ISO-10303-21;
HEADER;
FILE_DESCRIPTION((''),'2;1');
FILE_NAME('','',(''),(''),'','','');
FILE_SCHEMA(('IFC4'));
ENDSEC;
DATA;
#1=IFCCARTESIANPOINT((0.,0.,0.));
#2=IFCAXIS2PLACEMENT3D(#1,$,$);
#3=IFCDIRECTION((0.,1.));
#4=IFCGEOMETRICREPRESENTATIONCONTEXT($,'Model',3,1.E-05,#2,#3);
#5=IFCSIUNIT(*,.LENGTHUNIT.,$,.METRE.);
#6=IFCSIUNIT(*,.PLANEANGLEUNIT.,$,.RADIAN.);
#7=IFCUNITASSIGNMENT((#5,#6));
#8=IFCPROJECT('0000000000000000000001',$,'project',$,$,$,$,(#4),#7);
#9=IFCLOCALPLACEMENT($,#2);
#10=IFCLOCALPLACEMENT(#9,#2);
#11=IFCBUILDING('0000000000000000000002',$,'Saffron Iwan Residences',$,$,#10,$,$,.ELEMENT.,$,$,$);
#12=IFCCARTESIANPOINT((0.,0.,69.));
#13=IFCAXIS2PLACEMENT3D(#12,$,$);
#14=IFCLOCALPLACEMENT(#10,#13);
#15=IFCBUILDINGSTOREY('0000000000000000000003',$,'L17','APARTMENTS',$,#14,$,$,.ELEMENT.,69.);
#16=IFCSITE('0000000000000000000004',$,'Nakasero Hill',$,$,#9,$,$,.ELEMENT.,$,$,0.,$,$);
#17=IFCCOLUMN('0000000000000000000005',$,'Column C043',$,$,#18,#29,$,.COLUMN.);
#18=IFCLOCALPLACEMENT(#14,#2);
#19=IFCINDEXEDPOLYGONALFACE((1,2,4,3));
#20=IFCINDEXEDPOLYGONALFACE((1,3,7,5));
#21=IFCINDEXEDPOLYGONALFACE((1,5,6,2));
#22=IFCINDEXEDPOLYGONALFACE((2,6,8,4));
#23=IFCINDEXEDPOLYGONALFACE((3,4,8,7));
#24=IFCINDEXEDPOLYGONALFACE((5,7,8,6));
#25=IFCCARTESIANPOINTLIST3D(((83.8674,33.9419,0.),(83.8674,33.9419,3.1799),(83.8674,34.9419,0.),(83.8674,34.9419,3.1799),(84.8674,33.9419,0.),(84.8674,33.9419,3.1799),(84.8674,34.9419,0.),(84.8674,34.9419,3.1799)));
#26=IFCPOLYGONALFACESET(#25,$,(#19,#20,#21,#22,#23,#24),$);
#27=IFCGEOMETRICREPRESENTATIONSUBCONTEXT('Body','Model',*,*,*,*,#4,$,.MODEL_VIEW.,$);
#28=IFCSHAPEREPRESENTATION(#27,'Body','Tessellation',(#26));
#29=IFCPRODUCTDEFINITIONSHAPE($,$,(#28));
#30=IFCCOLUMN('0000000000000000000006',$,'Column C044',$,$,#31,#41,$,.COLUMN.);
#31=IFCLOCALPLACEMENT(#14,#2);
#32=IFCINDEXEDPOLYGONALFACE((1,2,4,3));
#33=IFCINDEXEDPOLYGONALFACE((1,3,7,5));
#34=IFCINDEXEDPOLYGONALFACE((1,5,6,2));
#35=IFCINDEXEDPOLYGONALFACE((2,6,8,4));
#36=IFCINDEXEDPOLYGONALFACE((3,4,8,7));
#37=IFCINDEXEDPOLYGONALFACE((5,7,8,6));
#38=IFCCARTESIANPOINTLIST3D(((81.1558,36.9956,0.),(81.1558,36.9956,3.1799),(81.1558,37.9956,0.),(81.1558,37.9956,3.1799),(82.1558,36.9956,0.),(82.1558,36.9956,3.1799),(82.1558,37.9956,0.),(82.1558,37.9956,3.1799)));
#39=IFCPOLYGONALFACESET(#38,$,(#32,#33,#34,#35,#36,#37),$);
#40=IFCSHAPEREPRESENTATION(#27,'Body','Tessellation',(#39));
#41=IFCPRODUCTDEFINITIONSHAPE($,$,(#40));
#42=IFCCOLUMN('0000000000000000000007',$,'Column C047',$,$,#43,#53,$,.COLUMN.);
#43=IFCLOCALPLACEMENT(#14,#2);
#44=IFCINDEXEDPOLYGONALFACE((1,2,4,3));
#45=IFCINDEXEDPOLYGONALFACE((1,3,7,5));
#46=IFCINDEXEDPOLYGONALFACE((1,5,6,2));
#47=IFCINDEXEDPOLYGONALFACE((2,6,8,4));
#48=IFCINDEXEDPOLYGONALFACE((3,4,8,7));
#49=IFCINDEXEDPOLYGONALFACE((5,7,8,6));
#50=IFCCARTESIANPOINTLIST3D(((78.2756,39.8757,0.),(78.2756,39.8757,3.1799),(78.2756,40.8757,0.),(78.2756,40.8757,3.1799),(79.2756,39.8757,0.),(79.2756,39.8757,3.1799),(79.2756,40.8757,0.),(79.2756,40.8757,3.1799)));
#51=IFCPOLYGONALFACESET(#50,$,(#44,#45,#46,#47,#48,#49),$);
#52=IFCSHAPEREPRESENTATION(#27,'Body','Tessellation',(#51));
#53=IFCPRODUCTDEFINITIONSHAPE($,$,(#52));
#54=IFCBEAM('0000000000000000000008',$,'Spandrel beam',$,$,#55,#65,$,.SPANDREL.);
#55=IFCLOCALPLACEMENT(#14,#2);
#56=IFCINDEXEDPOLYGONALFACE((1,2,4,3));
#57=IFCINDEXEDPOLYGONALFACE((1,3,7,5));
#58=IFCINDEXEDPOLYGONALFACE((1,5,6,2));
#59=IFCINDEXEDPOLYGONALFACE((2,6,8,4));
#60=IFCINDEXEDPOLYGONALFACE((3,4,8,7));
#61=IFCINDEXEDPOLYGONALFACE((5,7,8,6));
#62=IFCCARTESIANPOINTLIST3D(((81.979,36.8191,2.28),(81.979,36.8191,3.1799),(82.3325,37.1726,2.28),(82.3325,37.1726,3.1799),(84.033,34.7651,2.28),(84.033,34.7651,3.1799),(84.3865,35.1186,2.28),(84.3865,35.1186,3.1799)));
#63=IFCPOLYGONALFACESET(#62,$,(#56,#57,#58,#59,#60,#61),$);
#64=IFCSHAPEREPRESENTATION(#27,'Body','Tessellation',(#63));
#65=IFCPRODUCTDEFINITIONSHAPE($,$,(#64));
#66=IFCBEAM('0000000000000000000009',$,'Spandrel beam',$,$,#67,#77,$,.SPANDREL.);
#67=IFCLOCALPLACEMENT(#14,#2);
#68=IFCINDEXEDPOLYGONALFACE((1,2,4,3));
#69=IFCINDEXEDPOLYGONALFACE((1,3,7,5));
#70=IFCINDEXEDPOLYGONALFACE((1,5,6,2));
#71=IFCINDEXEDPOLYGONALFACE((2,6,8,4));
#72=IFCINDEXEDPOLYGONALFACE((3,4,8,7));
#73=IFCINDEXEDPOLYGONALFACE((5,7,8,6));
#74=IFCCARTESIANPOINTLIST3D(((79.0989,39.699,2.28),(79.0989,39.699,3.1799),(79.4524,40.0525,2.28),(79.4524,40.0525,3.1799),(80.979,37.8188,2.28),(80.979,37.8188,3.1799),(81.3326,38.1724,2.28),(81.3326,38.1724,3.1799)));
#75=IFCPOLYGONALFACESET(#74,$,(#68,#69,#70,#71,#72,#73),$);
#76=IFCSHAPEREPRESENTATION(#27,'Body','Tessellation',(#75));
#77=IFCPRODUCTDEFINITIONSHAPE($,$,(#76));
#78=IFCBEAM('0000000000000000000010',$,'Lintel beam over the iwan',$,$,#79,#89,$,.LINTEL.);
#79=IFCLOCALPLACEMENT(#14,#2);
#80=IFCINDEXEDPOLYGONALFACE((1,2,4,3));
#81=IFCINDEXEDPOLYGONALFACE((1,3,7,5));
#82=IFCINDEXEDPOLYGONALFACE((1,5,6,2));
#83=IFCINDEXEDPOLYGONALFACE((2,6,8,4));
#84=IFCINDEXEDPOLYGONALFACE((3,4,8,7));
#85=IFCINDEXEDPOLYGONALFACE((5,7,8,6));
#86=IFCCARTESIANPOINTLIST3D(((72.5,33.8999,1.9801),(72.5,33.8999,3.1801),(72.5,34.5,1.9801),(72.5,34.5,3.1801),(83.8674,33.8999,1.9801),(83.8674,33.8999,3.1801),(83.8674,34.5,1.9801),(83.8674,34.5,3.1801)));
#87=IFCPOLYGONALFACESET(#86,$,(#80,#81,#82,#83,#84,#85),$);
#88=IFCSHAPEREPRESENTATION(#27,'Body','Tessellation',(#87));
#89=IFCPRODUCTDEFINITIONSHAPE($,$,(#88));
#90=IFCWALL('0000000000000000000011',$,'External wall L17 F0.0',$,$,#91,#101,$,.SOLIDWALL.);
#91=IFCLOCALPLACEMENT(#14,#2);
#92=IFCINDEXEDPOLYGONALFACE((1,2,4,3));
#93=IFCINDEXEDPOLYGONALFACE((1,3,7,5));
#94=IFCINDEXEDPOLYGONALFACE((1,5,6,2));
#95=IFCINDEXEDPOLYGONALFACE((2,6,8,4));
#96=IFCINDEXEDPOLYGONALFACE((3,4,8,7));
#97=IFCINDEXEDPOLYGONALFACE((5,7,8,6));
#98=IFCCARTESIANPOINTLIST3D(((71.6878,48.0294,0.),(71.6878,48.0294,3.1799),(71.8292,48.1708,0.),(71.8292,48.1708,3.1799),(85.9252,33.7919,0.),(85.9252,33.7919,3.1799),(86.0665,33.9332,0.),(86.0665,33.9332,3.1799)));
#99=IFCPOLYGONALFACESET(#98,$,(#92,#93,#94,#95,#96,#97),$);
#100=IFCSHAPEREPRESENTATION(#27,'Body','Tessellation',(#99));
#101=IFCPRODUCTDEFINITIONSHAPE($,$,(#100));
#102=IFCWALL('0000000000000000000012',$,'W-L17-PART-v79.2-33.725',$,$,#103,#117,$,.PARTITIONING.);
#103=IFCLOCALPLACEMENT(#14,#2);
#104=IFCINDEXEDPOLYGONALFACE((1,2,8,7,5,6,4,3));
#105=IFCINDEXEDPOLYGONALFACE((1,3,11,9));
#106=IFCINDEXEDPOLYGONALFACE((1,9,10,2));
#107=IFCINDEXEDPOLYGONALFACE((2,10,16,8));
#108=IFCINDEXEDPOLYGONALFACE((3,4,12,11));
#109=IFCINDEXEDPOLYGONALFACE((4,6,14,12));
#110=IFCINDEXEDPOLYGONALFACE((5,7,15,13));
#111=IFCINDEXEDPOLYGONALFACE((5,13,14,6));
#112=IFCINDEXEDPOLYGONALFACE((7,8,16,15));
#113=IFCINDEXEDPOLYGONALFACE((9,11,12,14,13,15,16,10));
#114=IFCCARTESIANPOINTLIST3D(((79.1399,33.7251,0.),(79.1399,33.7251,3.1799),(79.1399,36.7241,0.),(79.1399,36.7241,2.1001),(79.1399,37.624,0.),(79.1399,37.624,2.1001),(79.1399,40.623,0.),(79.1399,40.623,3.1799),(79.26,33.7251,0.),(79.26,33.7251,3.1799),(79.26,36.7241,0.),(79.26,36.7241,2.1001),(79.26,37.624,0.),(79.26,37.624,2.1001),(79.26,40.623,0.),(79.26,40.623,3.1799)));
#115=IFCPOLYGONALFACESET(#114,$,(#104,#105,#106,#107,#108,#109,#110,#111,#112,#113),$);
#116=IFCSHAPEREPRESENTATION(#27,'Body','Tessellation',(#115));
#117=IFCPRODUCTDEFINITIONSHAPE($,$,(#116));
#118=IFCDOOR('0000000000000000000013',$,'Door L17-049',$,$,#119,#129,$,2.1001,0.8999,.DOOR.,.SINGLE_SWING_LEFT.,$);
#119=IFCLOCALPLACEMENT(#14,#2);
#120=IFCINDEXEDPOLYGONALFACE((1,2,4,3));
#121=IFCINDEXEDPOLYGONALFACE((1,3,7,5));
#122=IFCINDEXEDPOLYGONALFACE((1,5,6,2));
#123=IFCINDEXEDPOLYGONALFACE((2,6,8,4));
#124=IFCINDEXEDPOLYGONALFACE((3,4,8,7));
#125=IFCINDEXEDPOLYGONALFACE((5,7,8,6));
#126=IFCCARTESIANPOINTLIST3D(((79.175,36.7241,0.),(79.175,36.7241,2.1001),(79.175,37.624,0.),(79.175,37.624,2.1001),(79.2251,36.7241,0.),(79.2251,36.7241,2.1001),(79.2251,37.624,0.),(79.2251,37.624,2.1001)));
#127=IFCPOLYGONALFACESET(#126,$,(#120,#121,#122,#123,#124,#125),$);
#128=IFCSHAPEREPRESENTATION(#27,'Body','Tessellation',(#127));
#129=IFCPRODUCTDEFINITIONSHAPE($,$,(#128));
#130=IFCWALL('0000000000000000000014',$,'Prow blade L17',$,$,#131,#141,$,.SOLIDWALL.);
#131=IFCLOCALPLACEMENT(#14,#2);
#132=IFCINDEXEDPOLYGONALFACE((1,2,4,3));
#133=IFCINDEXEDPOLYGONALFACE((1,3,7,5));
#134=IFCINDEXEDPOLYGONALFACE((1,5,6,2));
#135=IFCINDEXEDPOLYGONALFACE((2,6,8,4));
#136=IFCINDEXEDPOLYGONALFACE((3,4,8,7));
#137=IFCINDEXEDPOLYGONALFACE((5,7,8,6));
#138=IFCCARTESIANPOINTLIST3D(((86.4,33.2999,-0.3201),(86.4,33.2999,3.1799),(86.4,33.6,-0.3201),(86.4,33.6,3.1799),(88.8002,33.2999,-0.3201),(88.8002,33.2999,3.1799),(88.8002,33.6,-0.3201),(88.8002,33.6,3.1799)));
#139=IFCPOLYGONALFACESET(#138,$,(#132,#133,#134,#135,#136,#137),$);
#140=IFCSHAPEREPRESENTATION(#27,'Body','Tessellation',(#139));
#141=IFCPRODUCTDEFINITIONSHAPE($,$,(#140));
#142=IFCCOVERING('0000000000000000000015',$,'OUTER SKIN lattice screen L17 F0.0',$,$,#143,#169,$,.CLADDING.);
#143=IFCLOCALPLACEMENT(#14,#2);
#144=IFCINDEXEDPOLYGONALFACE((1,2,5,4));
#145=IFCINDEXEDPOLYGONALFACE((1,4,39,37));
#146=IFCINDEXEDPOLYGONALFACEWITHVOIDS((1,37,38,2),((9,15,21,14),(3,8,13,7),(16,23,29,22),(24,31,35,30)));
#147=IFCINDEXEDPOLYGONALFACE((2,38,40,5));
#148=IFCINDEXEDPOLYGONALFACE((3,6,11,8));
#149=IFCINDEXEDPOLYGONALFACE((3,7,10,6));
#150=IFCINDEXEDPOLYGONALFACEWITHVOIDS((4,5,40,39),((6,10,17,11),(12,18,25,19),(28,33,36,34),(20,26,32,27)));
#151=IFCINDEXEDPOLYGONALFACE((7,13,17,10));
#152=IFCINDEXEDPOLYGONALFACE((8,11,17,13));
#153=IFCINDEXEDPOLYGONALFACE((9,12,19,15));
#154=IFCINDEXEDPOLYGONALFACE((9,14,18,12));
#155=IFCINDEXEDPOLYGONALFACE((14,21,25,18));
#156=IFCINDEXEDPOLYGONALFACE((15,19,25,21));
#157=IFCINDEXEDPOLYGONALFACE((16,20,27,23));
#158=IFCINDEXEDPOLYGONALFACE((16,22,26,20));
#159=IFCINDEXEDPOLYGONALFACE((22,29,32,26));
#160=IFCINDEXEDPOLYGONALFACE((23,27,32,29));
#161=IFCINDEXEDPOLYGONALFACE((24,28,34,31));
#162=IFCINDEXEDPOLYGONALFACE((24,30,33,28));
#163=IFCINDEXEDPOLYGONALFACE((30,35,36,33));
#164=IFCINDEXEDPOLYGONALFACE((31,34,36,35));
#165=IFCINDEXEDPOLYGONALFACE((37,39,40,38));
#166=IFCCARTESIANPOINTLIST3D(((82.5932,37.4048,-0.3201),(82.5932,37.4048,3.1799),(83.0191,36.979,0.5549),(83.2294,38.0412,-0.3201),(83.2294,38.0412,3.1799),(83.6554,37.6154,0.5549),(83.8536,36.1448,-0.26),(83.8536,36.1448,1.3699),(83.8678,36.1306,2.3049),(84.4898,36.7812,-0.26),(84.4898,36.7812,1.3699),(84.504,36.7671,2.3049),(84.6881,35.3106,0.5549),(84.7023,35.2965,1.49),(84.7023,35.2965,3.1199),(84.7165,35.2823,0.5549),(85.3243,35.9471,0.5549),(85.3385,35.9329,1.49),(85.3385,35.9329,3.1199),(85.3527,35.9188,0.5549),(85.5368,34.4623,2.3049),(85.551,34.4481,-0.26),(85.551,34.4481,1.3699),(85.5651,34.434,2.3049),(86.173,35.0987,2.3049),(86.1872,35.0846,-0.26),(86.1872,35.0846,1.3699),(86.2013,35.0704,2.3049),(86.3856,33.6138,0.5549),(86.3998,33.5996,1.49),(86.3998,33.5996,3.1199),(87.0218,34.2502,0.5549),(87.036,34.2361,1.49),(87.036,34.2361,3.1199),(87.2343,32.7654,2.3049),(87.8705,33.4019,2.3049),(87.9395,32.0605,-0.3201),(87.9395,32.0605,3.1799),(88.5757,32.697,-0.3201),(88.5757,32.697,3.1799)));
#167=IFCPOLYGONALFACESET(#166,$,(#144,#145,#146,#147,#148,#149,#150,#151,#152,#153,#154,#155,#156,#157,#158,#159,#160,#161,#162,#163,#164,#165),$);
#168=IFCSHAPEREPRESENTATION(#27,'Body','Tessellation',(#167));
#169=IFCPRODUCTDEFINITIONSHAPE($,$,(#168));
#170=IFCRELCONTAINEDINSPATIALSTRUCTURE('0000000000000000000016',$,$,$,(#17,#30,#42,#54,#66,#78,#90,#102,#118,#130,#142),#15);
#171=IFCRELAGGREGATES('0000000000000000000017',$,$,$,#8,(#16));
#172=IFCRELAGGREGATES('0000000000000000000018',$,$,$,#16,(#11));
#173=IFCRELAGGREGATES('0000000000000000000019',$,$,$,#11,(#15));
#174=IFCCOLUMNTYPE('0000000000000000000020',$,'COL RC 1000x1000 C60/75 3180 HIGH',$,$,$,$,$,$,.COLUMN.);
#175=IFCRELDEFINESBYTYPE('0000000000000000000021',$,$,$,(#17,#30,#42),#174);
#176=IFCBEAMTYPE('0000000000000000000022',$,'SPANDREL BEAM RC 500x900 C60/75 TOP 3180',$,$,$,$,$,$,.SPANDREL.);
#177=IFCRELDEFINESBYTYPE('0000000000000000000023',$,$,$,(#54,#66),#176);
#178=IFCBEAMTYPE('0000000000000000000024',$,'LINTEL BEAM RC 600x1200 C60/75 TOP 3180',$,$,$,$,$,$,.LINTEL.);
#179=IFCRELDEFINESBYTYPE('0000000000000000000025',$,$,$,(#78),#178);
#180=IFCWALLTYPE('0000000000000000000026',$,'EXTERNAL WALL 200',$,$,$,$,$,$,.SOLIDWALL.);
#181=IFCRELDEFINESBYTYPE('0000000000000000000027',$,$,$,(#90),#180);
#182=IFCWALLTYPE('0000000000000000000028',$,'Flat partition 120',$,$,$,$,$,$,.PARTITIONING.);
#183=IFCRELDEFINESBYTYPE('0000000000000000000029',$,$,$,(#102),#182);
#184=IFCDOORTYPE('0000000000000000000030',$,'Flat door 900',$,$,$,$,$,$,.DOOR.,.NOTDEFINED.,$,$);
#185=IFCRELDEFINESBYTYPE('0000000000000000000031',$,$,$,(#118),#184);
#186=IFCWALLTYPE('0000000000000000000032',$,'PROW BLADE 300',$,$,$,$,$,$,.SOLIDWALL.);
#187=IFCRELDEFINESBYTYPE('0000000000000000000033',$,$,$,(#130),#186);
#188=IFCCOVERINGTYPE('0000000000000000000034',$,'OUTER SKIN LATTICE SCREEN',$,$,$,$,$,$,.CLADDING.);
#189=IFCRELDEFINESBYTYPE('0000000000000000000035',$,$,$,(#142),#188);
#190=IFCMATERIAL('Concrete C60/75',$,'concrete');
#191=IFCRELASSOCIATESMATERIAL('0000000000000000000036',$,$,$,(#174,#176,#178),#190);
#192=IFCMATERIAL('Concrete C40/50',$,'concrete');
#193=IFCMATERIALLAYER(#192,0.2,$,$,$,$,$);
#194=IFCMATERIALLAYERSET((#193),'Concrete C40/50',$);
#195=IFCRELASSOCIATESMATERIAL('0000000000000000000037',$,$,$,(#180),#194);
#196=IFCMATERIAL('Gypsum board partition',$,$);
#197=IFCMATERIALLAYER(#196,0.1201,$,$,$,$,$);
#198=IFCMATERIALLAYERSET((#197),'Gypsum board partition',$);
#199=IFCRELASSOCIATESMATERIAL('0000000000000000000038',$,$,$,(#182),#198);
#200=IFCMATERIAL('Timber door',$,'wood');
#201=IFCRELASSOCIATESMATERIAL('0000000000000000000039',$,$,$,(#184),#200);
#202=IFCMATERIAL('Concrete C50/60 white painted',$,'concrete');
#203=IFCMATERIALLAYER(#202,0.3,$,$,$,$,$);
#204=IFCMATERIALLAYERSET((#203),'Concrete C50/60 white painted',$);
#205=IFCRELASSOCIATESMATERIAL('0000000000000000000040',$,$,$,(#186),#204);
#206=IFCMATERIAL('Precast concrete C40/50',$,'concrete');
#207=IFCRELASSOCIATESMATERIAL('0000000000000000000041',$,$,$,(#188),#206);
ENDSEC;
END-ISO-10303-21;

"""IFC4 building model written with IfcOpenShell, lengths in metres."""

from ifc_helpers import new_model, si_unit, direction, frame, frame_2d, origin, origin_2d, place, context, subcontext, project, spatial, polyline, rectangle, outline, extrude, source, transform, mapped, material, layer, layer_set, material_profile, profile_set, type_object, element, fill, save


model = new_model("IFC4")

# Units and contexts
model_context = context("Model", 3, precision=1e-05, world=origin(), true_north=direction((0.0, 1.0)))
body_context = subcontext(model_context, "Body", "Model", "MODEL_VIEW")
ifc_project = project(units=[si_unit("LENGTHUNIT", "METRE"), si_unit("PLANEANGLEUNIT", "RADIAN")], contexts=[model_context])

# Site, building, storey
site_placement = place(None, origin())
site = spatial("IfcSite", under=ifc_project, at=site_placement, Name="Nakasero Hill", CompositionType="ELEMENT", RefElevation=0.0)
building_placement = place(site_placement, origin())
building = spatial("IfcBuilding", under=site, at=building_placement, Name="Saffron Iwan Residences", CompositionType="ELEMENT")
storey_placement = place(building_placement, frame((0.0, 0.0, 69.0)))
storey = spatial("IfcBuildingStorey", under=building, at=storey_placement, Name="L17", Description="APARTMENTS", CompositionType="ELEMENT", Elevation=69.0)

# Columns
ifc_material_1 = material(Name="Concrete C60/75", Category="concrete")
ifc_material_profile_1 = material_profile(ifc_material_1, rectangle(XDim=1.0, YDim=1.0, at=origin_2d()), Name="RC 1000x1000")
ifc_profile_set_1 = profile_set([ifc_material_profile_1], Name="Concrete C60/75")
column_type = type_object("IfcColumnType", Name="COL RC 1000x1000 C60/75 3180 HIGH", PredefinedType="COLUMN", material=ifc_profile_set_1)
shared_shape_1 = source(origin(), body_context, "Body", "SweptSolid", [
    extrude(rectangle(XDim=1.0, YDim=1.0, at=origin_2d()), origin(), (0.0, 0.0, 1.0), 3.1799),
])
for number, where, z_axis, x_axis, name in (
    (1, (84.3674, 34.4419, 0.0), (0.0, 0.0, 1.0), (1.0, 0.0, 0.0), "Column C043"),
    (2, (81.6558, 37.4956, 0.0), (0.0, 0.0, 1.0), (1.0, 0.0, 0.0), "Column C044"),
    (3, (78.7756, 40.3757, 0.0), (0.0, 0.0, 1.0), (1.0, 0.0, 0.0), "Column C047"),
):
    element("IfcColumn", number, at=place(storey_placement, frame(where, z_axis=z_axis, x_axis=x_axis)), inside=storey, type_object=column_type, Name=name, PredefinedType="COLUMN", context=body_context, shape_type="MappedRepresentation", body=[
        mapped(shared_shape_1, transform((0.0, 0.0, 0.0))),
    ])

# Beams
ifc_material_profile_2 = material_profile(ifc_material_1, rectangle(XDim=0.5, YDim=0.8999, at=origin_2d()), Name="RC 500x900")
ifc_profile_set_2 = profile_set([ifc_material_profile_2], Name="Concrete C60/75")
beam_type_1 = type_object("IfcBeamType", Name="SPANDREL BEAM RC 500x900 C60/75 TOP 3180", PredefinedType="SPANDREL", material=ifc_profile_set_2)
shared_shape_2 = source(origin(), body_context, "Body", "SweptSolid", [
    extrude(rectangle(XDim=0.5, YDim=0.8999, at=origin_2d()), origin(), (0.0, 0.0, 1.0), 2.9048),
])
beam_1_placement = place(storey_placement, frame((82.1558, 36.9958, 2.73), z_axis=(0.707107, -0.707107, 0.0), x_axis=(0.707107, 0.707107, 0.0)))
element("IfcBeam", 4, at=beam_1_placement, inside=storey, type_object=beam_type_1, Name="Spandrel beam", PredefinedType="SPANDREL", context=body_context, shape_type="MappedRepresentation", body=[
    mapped(shared_shape_2, transform((0.0, 0.0, 0.0))),
])
shared_shape_3 = source(origin(), body_context, "Body", "SweptSolid", [
    extrude(rectangle(XDim=0.5, YDim=0.8999, at=origin_2d()), origin(), (0.0, 0.0, 1.0), 2.6589),
])
beam_2_placement = place(storey_placement, frame((79.2756, 39.8757, 2.73), z_axis=(0.707107, -0.707107, 0.0), x_axis=(0.707107, 0.707107, 0.0)))
element("IfcBeam", 5, at=beam_2_placement, inside=storey, type_object=beam_type_1, Name="Spandrel beam", PredefinedType="SPANDREL", context=body_context, shape_type="MappedRepresentation", body=[
    mapped(shared_shape_3, transform((0.0, 0.0, 0.0))),
])
ifc_material_profile_3 = material_profile(ifc_material_1, rectangle(XDim=0.6001, YDim=1.2, at=origin_2d()), Name="RC 600x1200")
ifc_profile_set_3 = profile_set([ifc_material_profile_3], Name="Concrete C60/75")
beam_type_2 = type_object("IfcBeamType", Name="LINTEL BEAM RC 600x1200 C60/75 TOP 3180", PredefinedType="LINTEL", material=ifc_profile_set_3)
shared_shape_4 = source(origin(), body_context, "Body", "SweptSolid", [
    extrude(rectangle(XDim=0.6001, YDim=1.2, at=origin_2d()), origin(), (0.0, 0.0, 1.0), 11.3674),
])
beam_3_placement = place(storey_placement, frame((83.8674, 34.2, 2.5801), z_axis=(-1.0, 0.0, 0.0), x_axis=(0.0, -1.0, 0.0)))
element("IfcBeam", 6, at=beam_3_placement, inside=storey, type_object=beam_type_2, Name="Lintel beam over the iwan", PredefinedType="LINTEL", context=body_context, shape_type="MappedRepresentation", body=[
    mapped(shared_shape_4, transform((0.0, 0.0, 0.0))),
])

# Wall
ifc_material_2 = material(Name="Concrete C40/50", Category="concrete")
ifc_layer_1 = layer(ifc_material_2, 0.2)
ifc_layer_set_1 = layer_set([ifc_layer_1], Name="Concrete C40/50")
wall_type_1 = type_object("IfcWallType", Name="EXTERNAL WALL 200", PredefinedType="SOLIDWALL", material=ifc_layer_set_1)
wall_1_placement = place(storey_placement, frame((85.9958, 33.8625, 0.0), z_axis=(0.0, 0.0, 1.0), x_axis=(-0.707101, 0.707113, 0.0)))
element("IfcWall", 7, at=wall_1_placement, inside=storey, type_object=wall_type_1, Name="External wall L17 F0.0", PredefinedType="SOLIDWALL", context=body_context, shape_type="SweptSolid", body=[
    extrude(rectangle(XDim=20.1348, YDim=0.2, at=frame_2d((10.0674, 0.0))), origin(), (0.0, 0.0, 1.0), 3.1799),
])

# Wall, opening, door
ifc_material_3 = material(Name="Gypsum board partition")
ifc_layer_2 = layer(ifc_material_3, 0.1201)
ifc_layer_set_2 = layer_set([ifc_layer_2], Name="Gypsum board partition")
wall_type_2 = type_object("IfcWallType", Name="Flat partition 120", PredefinedType="PARTITIONING", material=ifc_layer_set_2)
wall_2_placement = place(storey_placement, frame((79.2, 33.7251, 0.0), z_axis=(0.0, 0.0, 1.0), x_axis=(0.0, 1.0, 0.0)))
wall_2 = element("IfcWall", 8, at=wall_2_placement, inside=storey, type_object=wall_type_2, Name="W-L17-PART-v79.2-33.725", PredefinedType="PARTITIONING", context=body_context, shape_type="SweptSolid", body=[
    extrude(rectangle(XDim=6.8979, YDim=0.1201, at=frame_2d((3.449, 0.0))), origin(), (0.0, 0.0, 1.0), 3.1799),
])
opening_placement = place(wall_2_placement, frame((2.999, 0.0, 0.0)))
opening = element("IfcOpeningElement", 9, at=opening_placement, cuts=wall_2, PredefinedType="OPENING", context=body_context, shape_type="SweptSolid", body=[
    extrude(rectangle(XDim=0.8999, YDim=2.1001, at=frame_2d((0.45, 1.05))), frame((0.0, 0.0701, 0.0), z_axis=(0.0, -1.0, 0.0), x_axis=(1.0, 0.0, 0.0)), (0.0, 0.0, 1.0), 0.1401),
])
ifc_material_4 = material(Name="Timber door", Category="wood")
door_type = type_object("IfcDoorType", Name="Flat door 900", OperationType="NOTDEFINED", PredefinedType="DOOR", material=ifc_material_4)
door_placement = place(opening_placement, origin())
door = element("IfcDoor", 10, at=door_placement, inside=storey, type_object=door_type, Name="Door L17-049", OperationType="SINGLE_SWING_LEFT", OverallHeight=2.1001, OverallWidth=0.8999, PredefinedType="DOOR", context=body_context, shape_type="SweptSolid", body=[
    extrude(rectangle(XDim=0.8999, YDim=2.1001, at=frame_2d((0.45, 1.05))), frame((0.0, 0.0249, 0.0), z_axis=(0.0, -1.0, 0.0), x_axis=(1.0, 0.0, 0.0)), (0.0, 0.0, 1.0), 0.05),
])
fill(opening, door)

# Wall
ifc_material_5 = material(Name="Concrete C50/60 white painted", Category="concrete")
ifc_layer_3 = layer(ifc_material_5, 0.3)
ifc_layer_set_3 = layer_set([ifc_layer_3], Name="Concrete C50/60 white painted")
wall_type_3 = type_object("IfcWallType", Name="PROW BLADE 300", PredefinedType="SOLIDWALL", material=ifc_layer_set_3)
wall_3_placement = place(storey_placement, frame((86.3999, 33.45, -0.3201), z_axis=(0.0, 0.0, 1.0), x_axis=(1.0, 0.0, 0.0)))
element("IfcWall", 11, at=wall_3_placement, inside=storey, type_object=wall_type_3, Name="Prow blade L17", PredefinedType="SOLIDWALL", context=body_context, shape_type="SweptSolid", body=[
    extrude(rectangle(XDim=2.4001, YDim=0.3, at=frame_2d((1.2002, 0.0))), origin(), (0.0, 0.0, 1.0), 3.5),
])

# Covering
ifc_material_6 = material(Name="Precast concrete C40/50", Category="concrete")
covering_type = type_object("IfcCoveringType", Name="OUTER SKIN LATTICE SCREEN", PredefinedType="CLADDING", material=ifc_material_6)
covering_1_placement = place(storey_placement, frame((87.9395, 32.0605, -0.3201), z_axis=(0.706971, 0.707242, 0.0), x_axis=(-0.707242, 0.706971, 0.0)))
element("IfcCovering", 12, at=covering_1_placement, inside=storey, type_object=covering_type, Name="OUTER SKIN lattice screen L17 F0.0", PredefinedType="CLADDING", context=body_context, shape_type="SweptSolid", body=[
    extrude(outline(polyline([(0.0, 0.0), (7.5593, 0.0), (7.5593, 3.5), (0.0, 3.5), (0.0, 0.0)]), holes=[polyline([(2.197, 0.875), (3.3772, 0.0601), (4.5571, 0.875), (3.3772, 1.6899), (2.197, 0.875)]), polyline([(4.5972, 0.875), (5.7771, 0.0601), (6.957, 0.875), (5.7771, 1.6899), (4.5972, 0.875)]), polyline([(0.9971, 2.625), (2.177, 1.8101), (3.3572, 2.625), (2.177, 3.4399), (0.9971, 2.625)]), polyline([(3.3972, 2.625), (4.5771, 1.8101), (5.7571, 2.625), (4.5771, 3.4399), (3.3972, 2.625)])]), origin(), (0.0, 0.0, 1.0), 0.8999),
])

save(model, "model.ifc")
